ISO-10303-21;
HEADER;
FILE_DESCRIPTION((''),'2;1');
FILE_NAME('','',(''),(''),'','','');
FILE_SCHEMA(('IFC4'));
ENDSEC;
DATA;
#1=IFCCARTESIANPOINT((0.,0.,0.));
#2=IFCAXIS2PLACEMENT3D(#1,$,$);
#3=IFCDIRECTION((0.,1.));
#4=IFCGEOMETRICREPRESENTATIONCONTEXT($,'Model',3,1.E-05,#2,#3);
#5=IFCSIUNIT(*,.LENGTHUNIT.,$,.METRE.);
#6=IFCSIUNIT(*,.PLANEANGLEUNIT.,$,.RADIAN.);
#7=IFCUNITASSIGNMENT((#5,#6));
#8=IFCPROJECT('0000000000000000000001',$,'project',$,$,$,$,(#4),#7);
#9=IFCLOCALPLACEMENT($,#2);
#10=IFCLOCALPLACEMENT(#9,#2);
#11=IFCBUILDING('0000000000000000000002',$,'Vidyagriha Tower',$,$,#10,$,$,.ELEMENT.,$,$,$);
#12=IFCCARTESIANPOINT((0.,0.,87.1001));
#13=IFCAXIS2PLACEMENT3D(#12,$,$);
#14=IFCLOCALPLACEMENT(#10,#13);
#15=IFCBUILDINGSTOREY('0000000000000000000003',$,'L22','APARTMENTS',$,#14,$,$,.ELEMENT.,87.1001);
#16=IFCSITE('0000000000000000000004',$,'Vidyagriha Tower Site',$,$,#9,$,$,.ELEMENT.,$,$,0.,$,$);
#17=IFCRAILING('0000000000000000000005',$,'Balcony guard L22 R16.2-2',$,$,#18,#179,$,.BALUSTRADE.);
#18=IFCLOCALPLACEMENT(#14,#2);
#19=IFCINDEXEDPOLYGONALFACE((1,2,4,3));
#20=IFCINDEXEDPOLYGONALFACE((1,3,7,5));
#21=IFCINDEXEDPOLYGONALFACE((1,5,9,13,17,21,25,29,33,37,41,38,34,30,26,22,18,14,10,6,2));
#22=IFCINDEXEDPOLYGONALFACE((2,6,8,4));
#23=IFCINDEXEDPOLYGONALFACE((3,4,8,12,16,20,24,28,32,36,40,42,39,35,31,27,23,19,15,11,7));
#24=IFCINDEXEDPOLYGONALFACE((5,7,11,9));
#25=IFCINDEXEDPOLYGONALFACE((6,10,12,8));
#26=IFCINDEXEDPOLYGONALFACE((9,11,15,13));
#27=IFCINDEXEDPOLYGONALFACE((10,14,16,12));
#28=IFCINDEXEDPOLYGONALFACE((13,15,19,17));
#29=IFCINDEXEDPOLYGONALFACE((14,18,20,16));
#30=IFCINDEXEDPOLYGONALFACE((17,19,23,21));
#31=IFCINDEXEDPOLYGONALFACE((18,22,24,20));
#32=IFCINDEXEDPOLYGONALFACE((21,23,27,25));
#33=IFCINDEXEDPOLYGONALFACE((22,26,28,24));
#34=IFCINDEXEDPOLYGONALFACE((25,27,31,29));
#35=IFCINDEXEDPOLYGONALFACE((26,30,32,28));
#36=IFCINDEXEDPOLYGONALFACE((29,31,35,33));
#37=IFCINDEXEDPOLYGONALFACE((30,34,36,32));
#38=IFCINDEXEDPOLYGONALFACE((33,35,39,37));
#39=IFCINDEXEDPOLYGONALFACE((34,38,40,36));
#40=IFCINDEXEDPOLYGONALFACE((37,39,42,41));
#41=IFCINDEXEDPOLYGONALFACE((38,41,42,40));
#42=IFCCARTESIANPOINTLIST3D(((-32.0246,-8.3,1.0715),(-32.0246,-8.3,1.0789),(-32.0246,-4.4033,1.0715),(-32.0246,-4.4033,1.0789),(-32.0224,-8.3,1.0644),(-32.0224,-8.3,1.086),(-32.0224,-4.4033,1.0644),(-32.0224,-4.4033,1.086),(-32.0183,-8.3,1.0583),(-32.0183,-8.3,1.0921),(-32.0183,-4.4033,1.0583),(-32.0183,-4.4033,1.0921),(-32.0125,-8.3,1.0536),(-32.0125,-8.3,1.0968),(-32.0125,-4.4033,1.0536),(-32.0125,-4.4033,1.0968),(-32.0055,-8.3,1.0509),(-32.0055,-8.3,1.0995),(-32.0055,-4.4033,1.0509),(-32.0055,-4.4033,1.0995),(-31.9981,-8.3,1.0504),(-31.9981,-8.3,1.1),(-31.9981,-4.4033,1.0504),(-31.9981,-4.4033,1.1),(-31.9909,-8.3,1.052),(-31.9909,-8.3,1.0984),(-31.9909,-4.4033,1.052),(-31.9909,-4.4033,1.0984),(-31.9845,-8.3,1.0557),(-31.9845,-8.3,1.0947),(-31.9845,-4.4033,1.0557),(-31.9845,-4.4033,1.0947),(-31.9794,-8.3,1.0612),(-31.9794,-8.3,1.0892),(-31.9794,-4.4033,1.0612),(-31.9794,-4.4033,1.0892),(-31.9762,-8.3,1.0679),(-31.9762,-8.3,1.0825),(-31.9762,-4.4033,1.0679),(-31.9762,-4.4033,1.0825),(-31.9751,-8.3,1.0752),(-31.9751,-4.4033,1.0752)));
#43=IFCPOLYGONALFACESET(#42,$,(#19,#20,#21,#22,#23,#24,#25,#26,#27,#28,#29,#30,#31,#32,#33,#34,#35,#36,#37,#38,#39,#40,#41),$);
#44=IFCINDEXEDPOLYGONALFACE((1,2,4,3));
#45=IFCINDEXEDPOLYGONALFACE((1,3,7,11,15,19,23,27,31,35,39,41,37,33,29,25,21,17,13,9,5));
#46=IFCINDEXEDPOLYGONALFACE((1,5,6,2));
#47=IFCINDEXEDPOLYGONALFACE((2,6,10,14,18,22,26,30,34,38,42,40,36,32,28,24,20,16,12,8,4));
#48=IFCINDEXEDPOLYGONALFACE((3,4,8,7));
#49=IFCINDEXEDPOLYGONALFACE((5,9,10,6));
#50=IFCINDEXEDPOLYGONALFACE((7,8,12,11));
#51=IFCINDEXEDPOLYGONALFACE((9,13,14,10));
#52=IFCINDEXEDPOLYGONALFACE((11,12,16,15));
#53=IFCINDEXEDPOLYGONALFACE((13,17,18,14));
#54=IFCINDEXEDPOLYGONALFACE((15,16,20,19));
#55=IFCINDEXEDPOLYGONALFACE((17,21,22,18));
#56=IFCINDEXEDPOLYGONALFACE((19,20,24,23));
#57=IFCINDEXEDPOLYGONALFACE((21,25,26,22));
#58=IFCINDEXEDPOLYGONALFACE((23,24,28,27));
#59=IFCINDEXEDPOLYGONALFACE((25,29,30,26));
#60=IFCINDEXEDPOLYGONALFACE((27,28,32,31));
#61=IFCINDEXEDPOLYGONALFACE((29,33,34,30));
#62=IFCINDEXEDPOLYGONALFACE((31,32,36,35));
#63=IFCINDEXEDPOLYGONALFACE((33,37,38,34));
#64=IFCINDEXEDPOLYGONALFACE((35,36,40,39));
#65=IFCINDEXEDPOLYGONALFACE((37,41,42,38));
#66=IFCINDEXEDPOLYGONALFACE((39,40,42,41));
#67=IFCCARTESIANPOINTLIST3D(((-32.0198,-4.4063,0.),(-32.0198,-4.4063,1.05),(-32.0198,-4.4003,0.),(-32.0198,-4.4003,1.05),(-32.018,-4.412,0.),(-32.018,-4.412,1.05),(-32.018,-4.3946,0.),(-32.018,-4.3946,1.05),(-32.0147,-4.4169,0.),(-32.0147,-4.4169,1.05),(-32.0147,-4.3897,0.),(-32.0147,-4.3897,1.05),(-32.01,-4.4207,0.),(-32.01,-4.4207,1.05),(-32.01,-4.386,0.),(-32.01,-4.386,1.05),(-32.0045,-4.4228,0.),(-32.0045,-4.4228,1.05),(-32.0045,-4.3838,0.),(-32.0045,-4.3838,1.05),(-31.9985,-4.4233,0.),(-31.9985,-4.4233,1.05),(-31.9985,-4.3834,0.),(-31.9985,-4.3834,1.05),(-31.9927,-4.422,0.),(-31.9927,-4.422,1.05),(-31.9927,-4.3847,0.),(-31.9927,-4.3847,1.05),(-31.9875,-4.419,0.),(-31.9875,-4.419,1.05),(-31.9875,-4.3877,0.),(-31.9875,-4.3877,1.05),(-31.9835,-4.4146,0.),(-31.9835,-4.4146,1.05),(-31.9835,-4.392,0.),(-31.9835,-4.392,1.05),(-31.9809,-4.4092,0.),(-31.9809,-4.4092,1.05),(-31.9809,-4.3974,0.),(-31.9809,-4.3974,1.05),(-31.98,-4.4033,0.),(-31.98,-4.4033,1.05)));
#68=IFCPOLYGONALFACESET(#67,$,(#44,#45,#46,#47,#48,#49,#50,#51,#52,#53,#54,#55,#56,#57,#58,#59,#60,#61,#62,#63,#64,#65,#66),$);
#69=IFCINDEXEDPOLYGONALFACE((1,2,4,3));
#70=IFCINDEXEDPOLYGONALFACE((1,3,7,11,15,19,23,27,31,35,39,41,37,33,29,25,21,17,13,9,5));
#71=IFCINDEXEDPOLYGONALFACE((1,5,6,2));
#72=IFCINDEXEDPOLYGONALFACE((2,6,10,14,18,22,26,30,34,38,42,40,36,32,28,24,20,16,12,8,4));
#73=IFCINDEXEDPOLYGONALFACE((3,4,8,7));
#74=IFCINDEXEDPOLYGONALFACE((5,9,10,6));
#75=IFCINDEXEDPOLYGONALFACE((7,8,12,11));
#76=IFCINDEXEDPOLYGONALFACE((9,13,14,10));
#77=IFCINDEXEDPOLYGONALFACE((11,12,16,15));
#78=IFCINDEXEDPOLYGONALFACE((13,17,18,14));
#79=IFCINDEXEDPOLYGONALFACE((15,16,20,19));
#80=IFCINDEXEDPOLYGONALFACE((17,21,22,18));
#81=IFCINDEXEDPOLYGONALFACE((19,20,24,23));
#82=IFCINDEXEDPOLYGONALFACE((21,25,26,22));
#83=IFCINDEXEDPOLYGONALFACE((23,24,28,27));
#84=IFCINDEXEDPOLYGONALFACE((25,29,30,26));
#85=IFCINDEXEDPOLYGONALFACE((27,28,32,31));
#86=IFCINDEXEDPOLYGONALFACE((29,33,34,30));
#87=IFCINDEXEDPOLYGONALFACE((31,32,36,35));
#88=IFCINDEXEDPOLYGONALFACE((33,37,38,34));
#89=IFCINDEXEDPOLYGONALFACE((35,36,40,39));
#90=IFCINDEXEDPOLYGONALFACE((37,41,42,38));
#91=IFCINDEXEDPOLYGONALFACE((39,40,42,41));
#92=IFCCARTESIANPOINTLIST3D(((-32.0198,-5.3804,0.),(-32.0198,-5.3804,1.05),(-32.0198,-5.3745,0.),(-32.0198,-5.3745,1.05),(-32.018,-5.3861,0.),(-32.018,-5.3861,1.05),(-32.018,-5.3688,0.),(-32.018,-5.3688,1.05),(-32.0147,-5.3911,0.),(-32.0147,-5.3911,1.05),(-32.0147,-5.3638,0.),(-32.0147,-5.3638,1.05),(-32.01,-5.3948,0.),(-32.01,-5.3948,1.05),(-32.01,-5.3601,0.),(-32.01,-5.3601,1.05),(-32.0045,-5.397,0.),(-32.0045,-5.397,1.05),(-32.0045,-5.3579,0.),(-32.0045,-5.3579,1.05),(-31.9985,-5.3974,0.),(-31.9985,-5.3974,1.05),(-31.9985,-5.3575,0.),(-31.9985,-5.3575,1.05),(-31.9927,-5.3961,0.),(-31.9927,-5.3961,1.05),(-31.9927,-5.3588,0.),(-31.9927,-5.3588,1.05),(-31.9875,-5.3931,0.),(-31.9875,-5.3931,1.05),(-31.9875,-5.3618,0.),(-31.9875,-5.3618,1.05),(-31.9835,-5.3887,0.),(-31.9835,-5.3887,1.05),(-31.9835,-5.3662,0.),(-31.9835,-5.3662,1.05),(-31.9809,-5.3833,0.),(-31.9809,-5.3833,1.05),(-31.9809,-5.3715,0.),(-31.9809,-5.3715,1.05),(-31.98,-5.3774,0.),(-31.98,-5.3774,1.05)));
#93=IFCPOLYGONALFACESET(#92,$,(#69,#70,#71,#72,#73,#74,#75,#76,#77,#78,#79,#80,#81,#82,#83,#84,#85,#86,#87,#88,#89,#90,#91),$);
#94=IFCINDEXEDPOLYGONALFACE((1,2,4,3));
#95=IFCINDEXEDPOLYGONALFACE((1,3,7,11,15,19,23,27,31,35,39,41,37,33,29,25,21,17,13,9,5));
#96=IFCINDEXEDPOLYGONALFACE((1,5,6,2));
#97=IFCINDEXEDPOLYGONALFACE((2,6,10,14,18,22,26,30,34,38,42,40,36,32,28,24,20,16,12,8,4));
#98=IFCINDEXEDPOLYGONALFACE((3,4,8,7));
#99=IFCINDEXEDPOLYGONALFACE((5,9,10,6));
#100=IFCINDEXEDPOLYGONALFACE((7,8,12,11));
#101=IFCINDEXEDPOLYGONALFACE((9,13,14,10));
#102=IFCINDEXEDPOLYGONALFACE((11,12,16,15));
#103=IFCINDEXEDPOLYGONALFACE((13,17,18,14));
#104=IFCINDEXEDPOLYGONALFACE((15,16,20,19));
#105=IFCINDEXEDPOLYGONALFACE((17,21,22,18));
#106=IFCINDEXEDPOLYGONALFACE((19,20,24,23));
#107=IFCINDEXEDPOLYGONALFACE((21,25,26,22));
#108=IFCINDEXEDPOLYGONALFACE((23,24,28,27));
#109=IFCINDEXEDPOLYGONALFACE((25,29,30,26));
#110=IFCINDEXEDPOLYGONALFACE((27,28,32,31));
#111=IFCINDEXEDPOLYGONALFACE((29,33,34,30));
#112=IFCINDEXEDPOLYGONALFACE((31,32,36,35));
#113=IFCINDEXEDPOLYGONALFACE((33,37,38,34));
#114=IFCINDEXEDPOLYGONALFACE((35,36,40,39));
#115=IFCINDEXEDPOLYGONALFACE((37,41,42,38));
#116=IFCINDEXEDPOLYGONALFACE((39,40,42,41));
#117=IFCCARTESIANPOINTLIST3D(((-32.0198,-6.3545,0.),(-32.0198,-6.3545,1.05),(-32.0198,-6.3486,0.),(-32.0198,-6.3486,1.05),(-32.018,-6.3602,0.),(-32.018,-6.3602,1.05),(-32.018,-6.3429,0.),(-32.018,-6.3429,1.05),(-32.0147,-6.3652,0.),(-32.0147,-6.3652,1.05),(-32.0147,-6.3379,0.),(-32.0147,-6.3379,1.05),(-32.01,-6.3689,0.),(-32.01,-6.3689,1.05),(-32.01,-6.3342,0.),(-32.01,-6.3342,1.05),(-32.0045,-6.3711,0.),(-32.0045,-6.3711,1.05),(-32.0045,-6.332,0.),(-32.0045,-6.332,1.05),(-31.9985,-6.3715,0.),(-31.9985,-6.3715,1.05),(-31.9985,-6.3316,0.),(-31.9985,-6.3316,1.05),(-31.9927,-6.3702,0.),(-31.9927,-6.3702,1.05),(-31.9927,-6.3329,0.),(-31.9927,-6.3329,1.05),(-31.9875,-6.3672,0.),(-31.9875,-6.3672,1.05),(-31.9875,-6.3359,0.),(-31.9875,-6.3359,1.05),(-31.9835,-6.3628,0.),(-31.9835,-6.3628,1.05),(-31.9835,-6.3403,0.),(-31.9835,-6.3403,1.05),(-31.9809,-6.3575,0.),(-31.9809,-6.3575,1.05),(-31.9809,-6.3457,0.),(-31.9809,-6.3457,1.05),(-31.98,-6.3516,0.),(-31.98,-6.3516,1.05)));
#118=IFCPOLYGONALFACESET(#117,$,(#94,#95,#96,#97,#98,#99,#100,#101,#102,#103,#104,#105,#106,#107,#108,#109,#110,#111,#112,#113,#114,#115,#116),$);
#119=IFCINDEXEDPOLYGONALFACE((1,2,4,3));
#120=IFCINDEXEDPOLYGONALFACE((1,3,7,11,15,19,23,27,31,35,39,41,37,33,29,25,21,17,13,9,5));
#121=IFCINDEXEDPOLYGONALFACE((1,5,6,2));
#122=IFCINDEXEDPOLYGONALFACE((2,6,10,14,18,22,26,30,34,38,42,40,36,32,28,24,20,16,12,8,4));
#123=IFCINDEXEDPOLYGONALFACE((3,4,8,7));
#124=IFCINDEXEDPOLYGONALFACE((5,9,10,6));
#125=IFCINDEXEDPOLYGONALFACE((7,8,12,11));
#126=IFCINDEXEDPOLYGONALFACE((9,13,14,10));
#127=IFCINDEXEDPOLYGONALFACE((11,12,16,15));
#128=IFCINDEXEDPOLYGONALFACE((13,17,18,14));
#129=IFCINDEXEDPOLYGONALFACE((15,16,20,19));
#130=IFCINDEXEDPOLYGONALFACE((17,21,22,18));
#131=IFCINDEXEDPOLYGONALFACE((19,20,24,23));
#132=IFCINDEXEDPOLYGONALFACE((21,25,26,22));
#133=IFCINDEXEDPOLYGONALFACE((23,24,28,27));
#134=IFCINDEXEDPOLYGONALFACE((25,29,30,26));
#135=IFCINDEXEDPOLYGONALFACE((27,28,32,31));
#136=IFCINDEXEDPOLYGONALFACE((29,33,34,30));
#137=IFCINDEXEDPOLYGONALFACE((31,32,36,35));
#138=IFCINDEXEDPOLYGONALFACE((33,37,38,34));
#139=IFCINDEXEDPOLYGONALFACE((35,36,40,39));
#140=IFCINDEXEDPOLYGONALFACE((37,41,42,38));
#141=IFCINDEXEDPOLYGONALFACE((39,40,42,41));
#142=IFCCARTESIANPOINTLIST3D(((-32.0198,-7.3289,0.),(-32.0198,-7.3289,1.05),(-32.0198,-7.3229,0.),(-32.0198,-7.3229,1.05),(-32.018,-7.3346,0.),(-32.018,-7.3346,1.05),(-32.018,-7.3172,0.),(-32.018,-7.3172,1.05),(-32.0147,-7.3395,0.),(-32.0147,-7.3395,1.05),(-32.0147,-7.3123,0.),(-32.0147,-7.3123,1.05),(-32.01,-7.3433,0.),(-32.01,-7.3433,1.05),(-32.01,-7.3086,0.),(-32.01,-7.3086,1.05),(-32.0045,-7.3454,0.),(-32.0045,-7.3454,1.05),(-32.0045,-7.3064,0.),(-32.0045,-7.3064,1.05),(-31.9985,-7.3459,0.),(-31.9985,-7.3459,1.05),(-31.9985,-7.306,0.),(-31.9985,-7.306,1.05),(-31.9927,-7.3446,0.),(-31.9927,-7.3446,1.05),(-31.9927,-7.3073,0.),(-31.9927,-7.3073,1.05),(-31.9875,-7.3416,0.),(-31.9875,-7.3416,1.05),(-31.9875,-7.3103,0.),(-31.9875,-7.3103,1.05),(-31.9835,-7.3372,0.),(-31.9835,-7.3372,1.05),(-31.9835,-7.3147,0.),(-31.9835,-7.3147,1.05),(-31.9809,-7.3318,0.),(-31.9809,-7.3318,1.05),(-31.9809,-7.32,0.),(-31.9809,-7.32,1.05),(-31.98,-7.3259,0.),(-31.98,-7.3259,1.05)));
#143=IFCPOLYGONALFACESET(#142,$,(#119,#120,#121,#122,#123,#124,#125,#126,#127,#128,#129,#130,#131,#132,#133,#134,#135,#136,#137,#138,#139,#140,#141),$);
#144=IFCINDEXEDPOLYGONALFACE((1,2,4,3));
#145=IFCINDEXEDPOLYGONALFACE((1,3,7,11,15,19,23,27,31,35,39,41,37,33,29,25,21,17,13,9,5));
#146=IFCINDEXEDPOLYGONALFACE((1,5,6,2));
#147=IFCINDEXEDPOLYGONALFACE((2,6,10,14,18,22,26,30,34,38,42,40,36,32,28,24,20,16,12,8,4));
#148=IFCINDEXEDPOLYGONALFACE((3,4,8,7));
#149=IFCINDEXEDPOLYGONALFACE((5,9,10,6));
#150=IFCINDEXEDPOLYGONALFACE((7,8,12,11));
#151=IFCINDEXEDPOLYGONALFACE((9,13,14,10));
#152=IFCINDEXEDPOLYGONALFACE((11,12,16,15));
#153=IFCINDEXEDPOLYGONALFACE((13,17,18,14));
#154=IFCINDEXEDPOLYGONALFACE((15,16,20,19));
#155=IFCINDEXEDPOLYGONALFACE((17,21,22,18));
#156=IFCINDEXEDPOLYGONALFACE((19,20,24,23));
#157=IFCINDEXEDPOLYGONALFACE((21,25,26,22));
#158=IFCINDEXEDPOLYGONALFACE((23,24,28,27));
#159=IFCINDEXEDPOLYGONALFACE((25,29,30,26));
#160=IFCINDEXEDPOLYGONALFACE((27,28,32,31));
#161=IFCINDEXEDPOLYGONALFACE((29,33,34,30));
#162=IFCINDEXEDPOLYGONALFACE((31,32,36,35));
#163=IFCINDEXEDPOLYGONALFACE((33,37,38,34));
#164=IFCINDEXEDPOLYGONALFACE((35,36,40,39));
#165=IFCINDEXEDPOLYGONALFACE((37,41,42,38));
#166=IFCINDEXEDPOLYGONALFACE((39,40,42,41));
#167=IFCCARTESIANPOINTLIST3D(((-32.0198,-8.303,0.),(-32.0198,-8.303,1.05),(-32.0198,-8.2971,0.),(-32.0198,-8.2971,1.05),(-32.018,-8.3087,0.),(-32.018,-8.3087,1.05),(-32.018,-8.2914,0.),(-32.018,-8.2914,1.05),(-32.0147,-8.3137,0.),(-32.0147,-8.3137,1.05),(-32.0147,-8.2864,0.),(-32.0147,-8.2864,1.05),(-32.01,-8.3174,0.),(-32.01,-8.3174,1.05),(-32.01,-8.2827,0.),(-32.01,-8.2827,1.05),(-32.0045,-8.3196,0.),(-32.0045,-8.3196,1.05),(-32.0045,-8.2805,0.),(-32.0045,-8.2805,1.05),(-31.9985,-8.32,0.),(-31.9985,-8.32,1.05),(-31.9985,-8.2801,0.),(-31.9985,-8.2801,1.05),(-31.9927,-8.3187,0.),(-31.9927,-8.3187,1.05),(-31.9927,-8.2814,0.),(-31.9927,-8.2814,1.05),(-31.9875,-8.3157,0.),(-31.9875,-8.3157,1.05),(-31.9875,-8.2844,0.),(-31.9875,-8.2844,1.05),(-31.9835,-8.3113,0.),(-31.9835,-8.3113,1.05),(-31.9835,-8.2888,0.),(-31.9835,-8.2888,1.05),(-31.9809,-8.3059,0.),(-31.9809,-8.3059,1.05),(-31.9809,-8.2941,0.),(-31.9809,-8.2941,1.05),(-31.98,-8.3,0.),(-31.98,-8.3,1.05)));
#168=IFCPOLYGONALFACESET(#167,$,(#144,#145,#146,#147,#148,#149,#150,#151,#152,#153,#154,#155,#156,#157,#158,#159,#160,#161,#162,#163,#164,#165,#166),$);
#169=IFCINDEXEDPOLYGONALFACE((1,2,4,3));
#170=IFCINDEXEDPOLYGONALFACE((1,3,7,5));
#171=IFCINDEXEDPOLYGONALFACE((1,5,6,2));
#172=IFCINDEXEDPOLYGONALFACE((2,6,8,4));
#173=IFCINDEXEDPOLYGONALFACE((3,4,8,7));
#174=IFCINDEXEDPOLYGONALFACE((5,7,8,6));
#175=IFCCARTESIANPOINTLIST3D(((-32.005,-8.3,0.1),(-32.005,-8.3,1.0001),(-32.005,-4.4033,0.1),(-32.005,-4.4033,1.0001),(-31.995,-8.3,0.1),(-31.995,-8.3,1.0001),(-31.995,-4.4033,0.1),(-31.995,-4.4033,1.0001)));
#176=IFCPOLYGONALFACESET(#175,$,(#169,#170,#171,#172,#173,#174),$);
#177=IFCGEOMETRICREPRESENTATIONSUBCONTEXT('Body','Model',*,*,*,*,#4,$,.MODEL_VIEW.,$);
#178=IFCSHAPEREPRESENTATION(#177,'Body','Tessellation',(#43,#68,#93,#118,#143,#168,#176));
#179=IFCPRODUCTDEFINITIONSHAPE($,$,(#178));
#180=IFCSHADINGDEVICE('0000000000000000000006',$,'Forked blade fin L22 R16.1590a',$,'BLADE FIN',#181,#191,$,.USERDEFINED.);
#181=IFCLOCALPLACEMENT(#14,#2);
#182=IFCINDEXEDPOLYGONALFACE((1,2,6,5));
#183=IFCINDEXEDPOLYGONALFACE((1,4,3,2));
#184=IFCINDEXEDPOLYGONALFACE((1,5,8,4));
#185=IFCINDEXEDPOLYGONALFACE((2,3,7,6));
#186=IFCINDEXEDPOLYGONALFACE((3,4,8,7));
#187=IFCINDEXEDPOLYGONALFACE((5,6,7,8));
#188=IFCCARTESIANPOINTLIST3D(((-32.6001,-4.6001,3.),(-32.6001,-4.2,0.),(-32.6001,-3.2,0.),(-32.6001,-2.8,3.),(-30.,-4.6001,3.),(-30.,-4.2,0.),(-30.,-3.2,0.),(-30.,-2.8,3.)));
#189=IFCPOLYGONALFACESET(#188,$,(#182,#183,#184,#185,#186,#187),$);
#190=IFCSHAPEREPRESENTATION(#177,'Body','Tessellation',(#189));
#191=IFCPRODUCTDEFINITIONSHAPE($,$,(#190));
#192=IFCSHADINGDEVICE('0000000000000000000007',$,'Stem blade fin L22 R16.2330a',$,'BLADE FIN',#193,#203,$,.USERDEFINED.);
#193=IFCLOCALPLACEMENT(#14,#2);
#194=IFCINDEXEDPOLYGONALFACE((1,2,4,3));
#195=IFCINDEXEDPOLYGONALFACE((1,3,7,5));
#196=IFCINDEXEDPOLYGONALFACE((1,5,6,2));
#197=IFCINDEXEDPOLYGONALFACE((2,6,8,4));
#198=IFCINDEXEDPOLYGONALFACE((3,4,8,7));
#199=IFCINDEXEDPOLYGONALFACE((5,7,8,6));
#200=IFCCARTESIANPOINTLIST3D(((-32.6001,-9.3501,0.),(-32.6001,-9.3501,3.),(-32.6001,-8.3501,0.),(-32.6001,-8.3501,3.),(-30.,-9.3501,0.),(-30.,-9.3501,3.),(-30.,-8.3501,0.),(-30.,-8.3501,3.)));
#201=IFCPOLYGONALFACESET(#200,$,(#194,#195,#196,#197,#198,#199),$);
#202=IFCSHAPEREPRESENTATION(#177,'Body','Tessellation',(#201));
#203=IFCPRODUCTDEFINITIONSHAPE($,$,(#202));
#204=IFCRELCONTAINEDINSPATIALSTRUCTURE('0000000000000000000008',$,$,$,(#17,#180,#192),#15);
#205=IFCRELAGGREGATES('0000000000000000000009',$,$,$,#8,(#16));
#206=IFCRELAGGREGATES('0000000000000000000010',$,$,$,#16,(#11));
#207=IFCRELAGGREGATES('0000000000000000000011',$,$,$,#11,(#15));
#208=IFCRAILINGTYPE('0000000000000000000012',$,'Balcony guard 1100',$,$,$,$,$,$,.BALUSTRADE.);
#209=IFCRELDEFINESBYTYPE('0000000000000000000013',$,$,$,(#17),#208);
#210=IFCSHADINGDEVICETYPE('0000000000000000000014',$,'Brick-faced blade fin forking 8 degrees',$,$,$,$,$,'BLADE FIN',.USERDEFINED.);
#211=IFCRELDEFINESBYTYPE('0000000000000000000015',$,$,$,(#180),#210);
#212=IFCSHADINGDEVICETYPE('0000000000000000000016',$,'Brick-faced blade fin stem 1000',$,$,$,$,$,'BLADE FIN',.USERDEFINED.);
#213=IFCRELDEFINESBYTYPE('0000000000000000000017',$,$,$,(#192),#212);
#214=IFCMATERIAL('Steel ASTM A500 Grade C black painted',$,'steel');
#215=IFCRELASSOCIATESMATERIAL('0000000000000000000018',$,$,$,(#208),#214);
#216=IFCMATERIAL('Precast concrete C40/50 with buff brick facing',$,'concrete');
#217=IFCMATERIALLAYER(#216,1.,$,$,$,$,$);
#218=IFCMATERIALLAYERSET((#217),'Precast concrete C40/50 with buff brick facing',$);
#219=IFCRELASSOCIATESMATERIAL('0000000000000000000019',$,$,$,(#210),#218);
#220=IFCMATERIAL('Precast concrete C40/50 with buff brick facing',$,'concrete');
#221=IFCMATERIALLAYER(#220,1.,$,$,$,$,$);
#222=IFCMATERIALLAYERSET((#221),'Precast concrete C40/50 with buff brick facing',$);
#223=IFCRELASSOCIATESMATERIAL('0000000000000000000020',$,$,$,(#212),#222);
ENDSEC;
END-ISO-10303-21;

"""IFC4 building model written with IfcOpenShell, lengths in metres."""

from ifc_helpers import new_model, si_unit, direction, frame, origin, origin_2d, place, context, subcontext, project, spatial, polyline, rectangle, circle, outline, extrude, material, layer, layer_set, type_object, element, save


model = new_model("IFC4")

# Units and contexts
model_context = context("Model", 3, precision=1e-05, world=origin(), true_north=direction((0.0, 1.0)))
body_context = subcontext(model_context, "Body", "Model", "MODEL_VIEW")
ifc_project = project(units=[si_unit("LENGTHUNIT", "METRE"), si_unit("PLANEANGLEUNIT", "RADIAN")], contexts=[model_context])

# Site, building, storey
site_placement = place(None, origin())
site = spatial("IfcSite", under=ifc_project, at=site_placement, Name="Vidyagriha Tower Site", CompositionType="ELEMENT", RefElevation=0.0)
building_placement = place(site_placement, origin())
building = spatial("IfcBuilding", under=site, at=building_placement, Name="Vidyagriha Tower", CompositionType="ELEMENT")
storey_placement = place(building_placement, frame((0.0, 0.0, 87.1001)))
storey = spatial("IfcBuildingStorey", under=building, at=storey_placement, Name="L22", Description="APARTMENTS", CompositionType="ELEMENT", Elevation=87.1001)

# Railing
ifc_material_1 = material(Name="Steel ASTM A500 Grade C black painted", Category="steel")
railing_type_1 = type_object("IfcRailingType", Name="Balcony guard 1100", PredefinedType="BALUSTRADE", material=ifc_material_1)
railing_1_placement = place(storey_placement, frame((-32.0, -4.4033, 0.0)))
element("IfcRailing", 1, at=railing_1_placement, inside=storey, type_object=railing_type_1, Name="Balcony guard L22 R16.2-2", PredefinedType="BALUSTRADE", context=body_context, shape_type="SweptSolid", body=[
    extrude(circle(Radius=0.0249, at=origin_2d()), frame((0.0, 0.0, 1.0752), z_axis=(0.0, -1.0, 0.0), x_axis=(1.0, 0.0, 0.0)), (0.0, 0.0, 1.0), 3.8967),
    extrude(circle(Radius=0.02, at=origin_2d()), origin(), (0.0, 0.0, 1.0), 1.05),
    extrude(circle(Radius=0.02, at=origin_2d()), frame((0.0, -0.9741, 0.0)), (0.0, 0.0, 1.0), 1.05),
    extrude(circle(Radius=0.02, at=origin_2d()), frame((0.0, -1.9482, 0.0)), (0.0, 0.0, 1.0), 1.05),
    extrude(circle(Radius=0.02, at=origin_2d()), frame((0.0, -2.9226, 0.0)), (0.0, 0.0, 1.0), 1.05),
    extrude(circle(Radius=0.02, at=origin_2d()), frame((0.0, -3.8967, 0.0)), (0.0, 0.0, 1.0), 1.05),
    extrude(rectangle(XDim=0.01, YDim=0.9001, at=origin_2d()), frame((0.0, 0.0, 0.55), z_axis=(0.0, -1.0, 0.0), x_axis=(1.0, 0.0, 0.0)), (0.0, 0.0, 1.0), 3.8967),
])

# Shading devices
ifc_material_2 = material(Name="Precast concrete C40/50 with buff brick facing", Category="concrete")
ifc_layer_1 = layer(ifc_material_2, 1.0)
ifc_layer_set_1 = layer_set([ifc_layer_1], Name="Precast concrete C40/50 with buff brick facing")
shading_device_type_1 = type_object("IfcShadingDeviceType", Name="Brick-faced blade fin forking 8 degrees", ElementType="BLADE FIN", PredefinedType="USERDEFINED", material=ifc_layer_set_1)
shading_device_1_placement = place(storey_placement, frame((-31.3, -2.8, 0.0), z_axis=(0.0, 0.0, 1.0), x_axis=(0.0, -1.0, 0.0)))
element("IfcShadingDevice", 2, at=shading_device_1_placement, inside=storey, type_object=shading_device_type_1, Name="Forked blade fin L22 R16.1590a", ObjectType="BLADE FIN", PredefinedType="USERDEFINED", context=body_context, shape_type="SweptSolid", body=[
    extrude(outline(polyline([(0.3999, 0.0), (1.3999, 0.0), (1.8, 3.0), (0.0, 3.0), (0.3999, 0.0)])), frame((0.0, 1.3, 0.0), z_axis=(0.0, -1.0, 0.0), x_axis=(1.0, 0.0, 0.0)), (0.0, 0.0, 1.0), 2.6001),
])
ifc_material_3 = material(Name="Precast concrete C40/50 with buff brick facing", Category="concrete")
ifc_layer_2 = layer(ifc_material_3, 1.0)
ifc_layer_set_2 = layer_set([ifc_layer_2], Name="Precast concrete C40/50 with buff brick facing")
shading_device_type_2 = type_object("IfcShadingDeviceType", Name="Brick-faced blade fin stem 1000", ElementType="BLADE FIN", PredefinedType="USERDEFINED", material=ifc_layer_set_2)
shading_device_2_placement = place(storey_placement, frame((-31.3, -8.3501, 0.0), z_axis=(0.0, 0.0, 1.0), x_axis=(0.0, -1.0, 0.0)))
element("IfcShadingDevice", 3, at=shading_device_2_placement, inside=storey, type_object=shading_device_type_2, Name="Stem blade fin L22 R16.2330a", ObjectType="BLADE FIN", PredefinedType="USERDEFINED", context=body_context, shape_type="SweptSolid", body=[
    extrude(outline(polyline([(0.0, 0.0), (1.0, 0.0), (1.0, 3.0), (0.0, 3.0), (0.0, 0.0)])), frame((0.0, 1.3, 0.0), z_axis=(0.0, -1.0, 0.0), x_axis=(1.0, 0.0, 0.0)), (0.0, 0.0, 1.0), 2.6001),
])

save(model, "model.ifc")
